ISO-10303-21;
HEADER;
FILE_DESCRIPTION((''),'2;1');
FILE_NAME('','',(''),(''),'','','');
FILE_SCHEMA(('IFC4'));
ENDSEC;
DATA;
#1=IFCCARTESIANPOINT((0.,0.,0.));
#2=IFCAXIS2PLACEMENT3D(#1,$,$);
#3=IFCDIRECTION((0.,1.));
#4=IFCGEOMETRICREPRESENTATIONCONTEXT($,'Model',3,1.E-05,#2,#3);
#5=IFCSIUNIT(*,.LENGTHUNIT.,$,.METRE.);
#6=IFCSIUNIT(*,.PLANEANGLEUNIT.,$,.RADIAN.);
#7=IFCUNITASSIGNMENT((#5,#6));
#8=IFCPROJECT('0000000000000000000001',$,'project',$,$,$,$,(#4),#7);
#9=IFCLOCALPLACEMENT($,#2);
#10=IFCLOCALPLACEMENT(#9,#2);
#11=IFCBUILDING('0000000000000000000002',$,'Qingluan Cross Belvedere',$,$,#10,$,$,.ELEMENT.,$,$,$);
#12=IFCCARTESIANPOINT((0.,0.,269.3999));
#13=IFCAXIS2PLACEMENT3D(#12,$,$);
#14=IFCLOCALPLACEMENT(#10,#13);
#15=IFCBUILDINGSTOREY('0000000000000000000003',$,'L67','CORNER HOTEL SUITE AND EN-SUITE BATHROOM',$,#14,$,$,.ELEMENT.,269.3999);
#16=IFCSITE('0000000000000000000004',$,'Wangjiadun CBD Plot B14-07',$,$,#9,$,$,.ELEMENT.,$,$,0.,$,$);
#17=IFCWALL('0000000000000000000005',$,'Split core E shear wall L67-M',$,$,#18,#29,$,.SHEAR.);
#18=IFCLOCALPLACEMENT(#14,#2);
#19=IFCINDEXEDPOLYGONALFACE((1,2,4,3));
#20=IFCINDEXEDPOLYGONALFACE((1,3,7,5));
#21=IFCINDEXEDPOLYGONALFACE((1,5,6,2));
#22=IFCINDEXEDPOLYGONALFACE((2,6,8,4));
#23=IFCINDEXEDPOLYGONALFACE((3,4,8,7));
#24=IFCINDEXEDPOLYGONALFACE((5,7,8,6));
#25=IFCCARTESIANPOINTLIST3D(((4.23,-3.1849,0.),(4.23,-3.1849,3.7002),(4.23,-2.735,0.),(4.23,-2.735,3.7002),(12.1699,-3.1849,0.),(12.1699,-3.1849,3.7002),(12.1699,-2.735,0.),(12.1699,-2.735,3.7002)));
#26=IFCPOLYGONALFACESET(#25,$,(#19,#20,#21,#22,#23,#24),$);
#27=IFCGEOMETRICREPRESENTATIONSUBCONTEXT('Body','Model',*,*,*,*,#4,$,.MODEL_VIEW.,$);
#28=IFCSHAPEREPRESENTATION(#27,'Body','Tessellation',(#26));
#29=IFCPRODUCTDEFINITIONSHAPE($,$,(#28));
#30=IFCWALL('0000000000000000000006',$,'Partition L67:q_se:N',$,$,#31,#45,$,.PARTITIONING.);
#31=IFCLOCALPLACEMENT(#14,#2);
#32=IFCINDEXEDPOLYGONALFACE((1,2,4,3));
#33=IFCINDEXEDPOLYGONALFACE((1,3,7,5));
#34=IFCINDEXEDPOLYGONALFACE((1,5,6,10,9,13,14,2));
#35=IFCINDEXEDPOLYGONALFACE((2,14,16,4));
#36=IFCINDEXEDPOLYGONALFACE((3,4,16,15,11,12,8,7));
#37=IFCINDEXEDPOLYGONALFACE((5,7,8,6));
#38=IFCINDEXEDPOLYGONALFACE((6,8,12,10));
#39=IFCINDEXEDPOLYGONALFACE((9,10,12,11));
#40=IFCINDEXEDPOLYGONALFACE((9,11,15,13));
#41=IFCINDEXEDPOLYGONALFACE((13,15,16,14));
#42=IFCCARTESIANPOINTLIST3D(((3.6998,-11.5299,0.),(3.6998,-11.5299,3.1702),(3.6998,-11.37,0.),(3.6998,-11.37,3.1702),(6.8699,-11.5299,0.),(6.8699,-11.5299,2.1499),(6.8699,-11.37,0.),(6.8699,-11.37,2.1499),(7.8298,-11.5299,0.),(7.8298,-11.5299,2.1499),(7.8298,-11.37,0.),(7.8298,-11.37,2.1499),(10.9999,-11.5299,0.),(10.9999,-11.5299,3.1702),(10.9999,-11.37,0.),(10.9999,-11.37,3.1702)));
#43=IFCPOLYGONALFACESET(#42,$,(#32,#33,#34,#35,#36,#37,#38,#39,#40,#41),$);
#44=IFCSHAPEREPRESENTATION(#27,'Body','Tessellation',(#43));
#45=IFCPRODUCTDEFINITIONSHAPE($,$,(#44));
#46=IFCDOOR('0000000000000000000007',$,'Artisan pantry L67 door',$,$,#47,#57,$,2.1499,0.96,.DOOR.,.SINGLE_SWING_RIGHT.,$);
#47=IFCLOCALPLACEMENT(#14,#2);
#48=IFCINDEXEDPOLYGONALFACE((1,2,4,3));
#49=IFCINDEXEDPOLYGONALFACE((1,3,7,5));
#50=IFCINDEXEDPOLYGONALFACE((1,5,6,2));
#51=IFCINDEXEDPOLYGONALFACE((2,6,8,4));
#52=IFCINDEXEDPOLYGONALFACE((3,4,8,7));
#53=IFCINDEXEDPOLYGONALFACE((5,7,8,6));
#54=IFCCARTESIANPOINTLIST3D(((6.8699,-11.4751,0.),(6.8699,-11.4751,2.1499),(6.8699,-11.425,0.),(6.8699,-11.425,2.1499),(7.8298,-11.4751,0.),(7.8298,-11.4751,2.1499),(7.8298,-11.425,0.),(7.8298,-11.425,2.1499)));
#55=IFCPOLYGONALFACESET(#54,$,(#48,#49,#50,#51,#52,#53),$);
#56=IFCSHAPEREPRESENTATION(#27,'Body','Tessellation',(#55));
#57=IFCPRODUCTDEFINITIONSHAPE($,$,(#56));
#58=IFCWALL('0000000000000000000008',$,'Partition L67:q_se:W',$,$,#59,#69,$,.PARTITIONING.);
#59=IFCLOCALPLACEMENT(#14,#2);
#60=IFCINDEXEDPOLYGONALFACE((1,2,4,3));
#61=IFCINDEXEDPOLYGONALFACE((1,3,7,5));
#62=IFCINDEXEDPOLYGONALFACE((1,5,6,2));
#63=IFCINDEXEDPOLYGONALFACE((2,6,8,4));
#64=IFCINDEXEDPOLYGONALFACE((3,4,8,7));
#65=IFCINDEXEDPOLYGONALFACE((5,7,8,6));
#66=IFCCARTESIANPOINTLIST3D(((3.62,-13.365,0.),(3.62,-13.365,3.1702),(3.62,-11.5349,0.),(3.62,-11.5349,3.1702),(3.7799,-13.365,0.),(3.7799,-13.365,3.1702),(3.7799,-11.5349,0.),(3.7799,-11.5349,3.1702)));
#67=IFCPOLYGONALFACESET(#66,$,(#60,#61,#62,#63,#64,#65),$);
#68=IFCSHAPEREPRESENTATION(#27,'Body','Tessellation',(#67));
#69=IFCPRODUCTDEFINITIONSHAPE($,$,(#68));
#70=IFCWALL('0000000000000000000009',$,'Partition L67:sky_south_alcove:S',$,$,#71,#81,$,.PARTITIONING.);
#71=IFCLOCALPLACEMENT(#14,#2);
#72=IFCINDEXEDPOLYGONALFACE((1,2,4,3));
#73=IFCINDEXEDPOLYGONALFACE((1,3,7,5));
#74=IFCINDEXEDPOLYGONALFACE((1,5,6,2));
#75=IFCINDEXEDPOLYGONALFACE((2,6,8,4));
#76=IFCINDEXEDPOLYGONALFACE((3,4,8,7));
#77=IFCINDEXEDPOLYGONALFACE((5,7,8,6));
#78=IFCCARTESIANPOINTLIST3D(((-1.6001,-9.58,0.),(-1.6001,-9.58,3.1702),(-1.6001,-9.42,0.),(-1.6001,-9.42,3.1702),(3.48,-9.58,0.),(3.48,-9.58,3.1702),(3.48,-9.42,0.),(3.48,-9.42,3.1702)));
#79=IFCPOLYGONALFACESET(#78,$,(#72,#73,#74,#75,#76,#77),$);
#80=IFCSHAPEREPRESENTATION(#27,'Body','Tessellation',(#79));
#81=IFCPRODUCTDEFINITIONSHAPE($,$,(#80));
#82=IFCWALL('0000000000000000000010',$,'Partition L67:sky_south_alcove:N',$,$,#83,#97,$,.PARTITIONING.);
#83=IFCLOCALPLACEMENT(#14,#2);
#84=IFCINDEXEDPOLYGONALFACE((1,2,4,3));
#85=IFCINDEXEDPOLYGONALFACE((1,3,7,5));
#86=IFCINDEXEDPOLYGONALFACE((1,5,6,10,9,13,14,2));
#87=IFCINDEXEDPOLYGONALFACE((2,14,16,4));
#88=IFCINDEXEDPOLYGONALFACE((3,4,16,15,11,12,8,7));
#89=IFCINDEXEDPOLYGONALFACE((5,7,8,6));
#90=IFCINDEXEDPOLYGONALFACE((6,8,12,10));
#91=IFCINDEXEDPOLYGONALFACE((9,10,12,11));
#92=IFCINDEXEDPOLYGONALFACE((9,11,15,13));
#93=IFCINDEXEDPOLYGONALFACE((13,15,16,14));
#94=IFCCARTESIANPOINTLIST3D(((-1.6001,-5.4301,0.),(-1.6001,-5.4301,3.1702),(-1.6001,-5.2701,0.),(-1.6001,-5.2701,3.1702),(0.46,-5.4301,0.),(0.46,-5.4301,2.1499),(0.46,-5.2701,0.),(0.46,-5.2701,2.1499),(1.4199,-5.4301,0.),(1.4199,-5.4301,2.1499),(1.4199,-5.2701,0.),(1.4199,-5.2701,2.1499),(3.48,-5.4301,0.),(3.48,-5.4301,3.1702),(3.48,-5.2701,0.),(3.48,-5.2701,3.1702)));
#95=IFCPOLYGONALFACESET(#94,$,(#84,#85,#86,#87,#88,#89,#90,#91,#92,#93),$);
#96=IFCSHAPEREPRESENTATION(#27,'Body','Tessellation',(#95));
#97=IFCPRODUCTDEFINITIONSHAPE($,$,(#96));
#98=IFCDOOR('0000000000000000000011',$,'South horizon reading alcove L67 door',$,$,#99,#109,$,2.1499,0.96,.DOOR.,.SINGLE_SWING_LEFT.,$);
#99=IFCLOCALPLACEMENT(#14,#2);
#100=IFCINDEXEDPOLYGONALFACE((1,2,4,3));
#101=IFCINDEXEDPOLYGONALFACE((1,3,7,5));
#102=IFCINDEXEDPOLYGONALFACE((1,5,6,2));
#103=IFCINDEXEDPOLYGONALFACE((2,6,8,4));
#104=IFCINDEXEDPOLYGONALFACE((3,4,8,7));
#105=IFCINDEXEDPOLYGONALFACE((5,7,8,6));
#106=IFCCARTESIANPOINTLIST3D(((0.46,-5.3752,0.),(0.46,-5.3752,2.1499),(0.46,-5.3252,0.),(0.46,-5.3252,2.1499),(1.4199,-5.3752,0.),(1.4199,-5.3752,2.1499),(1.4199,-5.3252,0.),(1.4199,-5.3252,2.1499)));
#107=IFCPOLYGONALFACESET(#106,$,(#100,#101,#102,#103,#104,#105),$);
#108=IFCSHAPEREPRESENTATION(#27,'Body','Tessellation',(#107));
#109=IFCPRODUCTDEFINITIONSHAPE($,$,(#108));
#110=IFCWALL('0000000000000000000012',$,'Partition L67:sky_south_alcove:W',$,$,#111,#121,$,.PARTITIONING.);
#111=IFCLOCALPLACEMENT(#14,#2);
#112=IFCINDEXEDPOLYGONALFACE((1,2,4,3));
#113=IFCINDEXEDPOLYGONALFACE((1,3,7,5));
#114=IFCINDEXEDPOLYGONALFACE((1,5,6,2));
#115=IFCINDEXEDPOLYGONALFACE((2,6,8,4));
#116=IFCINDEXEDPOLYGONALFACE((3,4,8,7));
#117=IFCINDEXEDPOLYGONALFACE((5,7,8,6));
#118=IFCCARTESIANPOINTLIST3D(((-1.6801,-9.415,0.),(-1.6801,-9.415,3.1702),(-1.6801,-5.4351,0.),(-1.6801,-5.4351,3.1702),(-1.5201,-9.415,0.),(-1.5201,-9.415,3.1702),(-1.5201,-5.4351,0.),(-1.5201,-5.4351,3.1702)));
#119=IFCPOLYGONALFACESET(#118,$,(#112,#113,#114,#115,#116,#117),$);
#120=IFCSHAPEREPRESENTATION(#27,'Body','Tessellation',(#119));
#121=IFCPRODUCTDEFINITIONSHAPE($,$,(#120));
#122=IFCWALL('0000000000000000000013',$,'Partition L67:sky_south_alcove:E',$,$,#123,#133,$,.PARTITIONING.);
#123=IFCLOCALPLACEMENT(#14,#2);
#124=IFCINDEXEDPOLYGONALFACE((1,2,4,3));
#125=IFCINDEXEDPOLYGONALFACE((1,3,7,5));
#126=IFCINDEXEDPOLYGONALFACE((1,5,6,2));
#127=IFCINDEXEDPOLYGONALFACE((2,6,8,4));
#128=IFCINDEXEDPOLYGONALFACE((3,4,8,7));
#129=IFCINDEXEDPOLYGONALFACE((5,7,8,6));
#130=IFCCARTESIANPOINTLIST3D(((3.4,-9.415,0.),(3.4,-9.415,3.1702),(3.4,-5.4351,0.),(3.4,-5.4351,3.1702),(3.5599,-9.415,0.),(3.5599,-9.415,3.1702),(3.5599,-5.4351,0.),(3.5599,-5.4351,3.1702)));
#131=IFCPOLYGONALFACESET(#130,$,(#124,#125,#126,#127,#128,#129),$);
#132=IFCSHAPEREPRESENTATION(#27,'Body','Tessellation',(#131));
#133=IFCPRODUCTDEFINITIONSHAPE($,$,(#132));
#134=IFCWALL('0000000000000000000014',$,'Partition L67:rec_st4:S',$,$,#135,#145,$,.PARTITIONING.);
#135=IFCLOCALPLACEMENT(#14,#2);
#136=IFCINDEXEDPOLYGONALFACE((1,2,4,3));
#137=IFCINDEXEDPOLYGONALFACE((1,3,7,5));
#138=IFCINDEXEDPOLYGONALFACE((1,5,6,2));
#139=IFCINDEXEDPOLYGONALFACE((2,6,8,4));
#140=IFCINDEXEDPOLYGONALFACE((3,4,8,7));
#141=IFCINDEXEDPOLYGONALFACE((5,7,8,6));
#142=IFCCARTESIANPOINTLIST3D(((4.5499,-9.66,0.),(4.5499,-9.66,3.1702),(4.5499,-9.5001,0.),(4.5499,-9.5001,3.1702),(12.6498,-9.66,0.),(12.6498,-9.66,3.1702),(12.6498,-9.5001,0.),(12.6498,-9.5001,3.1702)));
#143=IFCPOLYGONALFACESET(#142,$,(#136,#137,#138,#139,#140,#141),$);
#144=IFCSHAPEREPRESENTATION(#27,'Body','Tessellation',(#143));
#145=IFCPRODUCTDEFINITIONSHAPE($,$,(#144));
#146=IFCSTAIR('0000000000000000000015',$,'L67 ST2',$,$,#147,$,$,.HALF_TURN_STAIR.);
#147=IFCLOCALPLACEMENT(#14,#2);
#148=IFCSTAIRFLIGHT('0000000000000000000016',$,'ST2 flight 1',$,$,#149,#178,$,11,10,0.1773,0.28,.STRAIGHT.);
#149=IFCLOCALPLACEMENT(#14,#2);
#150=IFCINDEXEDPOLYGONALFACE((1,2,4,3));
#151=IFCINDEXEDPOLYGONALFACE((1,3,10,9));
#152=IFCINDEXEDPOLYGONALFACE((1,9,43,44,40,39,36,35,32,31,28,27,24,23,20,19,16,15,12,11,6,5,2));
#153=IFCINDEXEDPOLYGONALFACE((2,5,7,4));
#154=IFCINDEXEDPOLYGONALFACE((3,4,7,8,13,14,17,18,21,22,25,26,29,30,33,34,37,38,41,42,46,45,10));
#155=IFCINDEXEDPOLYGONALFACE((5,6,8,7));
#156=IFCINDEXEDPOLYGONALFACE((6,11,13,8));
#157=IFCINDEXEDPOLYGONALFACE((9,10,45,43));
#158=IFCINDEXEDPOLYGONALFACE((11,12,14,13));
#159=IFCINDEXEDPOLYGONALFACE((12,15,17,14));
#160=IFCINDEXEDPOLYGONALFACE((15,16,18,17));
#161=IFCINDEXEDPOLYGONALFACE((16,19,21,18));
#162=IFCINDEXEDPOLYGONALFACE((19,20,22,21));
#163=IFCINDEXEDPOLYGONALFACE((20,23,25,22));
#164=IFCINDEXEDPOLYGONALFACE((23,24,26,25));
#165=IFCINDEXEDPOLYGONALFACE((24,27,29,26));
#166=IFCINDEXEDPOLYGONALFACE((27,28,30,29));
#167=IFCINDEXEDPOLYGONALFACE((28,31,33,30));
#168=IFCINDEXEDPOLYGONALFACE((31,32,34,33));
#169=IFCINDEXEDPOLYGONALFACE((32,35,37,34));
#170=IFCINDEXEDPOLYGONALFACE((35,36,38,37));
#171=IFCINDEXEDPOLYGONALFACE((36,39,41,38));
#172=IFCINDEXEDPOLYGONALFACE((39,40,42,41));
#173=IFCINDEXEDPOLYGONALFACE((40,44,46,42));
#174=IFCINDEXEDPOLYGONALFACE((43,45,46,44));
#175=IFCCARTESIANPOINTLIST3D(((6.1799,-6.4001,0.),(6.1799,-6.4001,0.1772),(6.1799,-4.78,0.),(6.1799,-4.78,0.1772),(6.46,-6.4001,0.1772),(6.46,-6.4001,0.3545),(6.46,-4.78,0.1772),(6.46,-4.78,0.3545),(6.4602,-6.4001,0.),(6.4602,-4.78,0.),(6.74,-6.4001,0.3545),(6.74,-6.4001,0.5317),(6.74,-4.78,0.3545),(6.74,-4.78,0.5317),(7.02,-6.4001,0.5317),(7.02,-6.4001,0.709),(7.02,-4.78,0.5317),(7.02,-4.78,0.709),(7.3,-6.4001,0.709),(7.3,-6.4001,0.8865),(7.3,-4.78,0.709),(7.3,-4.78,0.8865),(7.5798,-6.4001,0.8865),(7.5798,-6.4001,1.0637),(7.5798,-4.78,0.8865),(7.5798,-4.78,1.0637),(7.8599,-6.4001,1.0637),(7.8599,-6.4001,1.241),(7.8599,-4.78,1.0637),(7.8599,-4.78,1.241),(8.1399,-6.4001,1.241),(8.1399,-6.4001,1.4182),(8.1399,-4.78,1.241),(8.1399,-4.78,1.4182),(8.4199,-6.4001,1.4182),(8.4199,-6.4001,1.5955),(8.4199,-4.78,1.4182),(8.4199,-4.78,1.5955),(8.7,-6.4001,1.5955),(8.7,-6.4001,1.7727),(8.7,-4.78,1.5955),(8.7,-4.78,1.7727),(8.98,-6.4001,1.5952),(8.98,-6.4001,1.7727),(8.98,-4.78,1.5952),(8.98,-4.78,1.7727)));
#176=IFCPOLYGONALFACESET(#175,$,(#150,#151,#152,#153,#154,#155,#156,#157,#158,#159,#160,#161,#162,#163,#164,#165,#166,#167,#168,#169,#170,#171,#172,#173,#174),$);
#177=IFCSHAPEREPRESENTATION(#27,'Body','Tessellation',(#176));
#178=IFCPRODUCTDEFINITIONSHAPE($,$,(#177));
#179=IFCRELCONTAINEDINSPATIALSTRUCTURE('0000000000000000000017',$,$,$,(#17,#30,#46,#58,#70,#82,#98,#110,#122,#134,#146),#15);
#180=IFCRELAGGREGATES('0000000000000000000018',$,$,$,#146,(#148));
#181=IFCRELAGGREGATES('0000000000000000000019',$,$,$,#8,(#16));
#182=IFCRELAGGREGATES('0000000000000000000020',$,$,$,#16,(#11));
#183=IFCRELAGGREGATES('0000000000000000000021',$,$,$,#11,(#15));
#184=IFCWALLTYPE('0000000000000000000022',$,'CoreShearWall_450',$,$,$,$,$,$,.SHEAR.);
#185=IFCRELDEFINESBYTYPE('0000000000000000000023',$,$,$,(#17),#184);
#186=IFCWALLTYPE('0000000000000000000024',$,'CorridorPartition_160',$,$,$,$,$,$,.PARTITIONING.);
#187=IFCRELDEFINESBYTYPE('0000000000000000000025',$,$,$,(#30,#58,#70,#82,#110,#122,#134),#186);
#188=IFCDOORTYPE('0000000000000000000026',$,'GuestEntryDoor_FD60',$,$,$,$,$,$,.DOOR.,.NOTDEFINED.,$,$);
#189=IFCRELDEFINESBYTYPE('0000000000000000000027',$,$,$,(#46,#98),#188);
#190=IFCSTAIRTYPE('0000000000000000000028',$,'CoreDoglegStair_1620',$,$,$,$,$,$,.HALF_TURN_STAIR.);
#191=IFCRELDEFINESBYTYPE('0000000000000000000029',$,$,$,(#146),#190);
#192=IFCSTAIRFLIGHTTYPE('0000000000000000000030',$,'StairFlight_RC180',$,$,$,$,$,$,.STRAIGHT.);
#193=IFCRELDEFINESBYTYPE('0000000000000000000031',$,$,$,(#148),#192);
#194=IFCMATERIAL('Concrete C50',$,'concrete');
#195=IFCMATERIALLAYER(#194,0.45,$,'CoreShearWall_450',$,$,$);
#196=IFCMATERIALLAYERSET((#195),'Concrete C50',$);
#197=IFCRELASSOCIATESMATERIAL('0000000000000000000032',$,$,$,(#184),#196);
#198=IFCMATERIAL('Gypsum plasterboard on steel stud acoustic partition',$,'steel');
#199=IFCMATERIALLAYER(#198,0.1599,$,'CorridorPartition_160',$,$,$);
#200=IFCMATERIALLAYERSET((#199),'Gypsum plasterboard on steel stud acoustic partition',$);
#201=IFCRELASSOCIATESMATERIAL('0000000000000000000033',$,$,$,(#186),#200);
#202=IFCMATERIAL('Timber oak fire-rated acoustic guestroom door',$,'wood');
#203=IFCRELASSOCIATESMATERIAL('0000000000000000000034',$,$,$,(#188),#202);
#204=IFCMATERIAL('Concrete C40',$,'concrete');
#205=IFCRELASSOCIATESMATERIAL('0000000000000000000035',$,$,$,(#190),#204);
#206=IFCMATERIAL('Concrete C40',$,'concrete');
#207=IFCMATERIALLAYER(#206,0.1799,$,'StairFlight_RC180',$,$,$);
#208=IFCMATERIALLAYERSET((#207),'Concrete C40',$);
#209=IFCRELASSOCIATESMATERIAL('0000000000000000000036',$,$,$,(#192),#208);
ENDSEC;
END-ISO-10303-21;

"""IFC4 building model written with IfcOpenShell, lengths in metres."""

from ifc_helpers import new_model, si_unit, direction, frame, frame_2d, origin, place, context, subcontext, project, spatial, polyline, rectangle, outline, extrude, material, layer, layer_set, type_object, element, fill, aggregate, save


model = new_model("IFC4")

# Units and contexts
model_context = context("Model", 3, precision=1e-05, world=origin(), true_north=direction((0.0, 1.0)))
body_context = subcontext(model_context, "Body", "Model", "MODEL_VIEW")
ifc_project = project(units=[si_unit("LENGTHUNIT", "METRE"), si_unit("PLANEANGLEUNIT", "RADIAN")], contexts=[model_context])

# Site, building, storey
site_placement = place(None, origin())
site = spatial("IfcSite", under=ifc_project, at=site_placement, Name="Wangjiadun CBD Plot B14-07", CompositionType="ELEMENT", RefElevation=0.0)
building_placement = place(site_placement, origin())
building = spatial("IfcBuilding", under=site, at=building_placement, Name="Qingluan Cross Belvedere", CompositionType="ELEMENT")
storey_placement = place(building_placement, frame((0.0, 0.0, 269.3999)))
storey = spatial("IfcBuildingStorey", under=building, at=storey_placement, Name="L67", Description="CORNER HOTEL SUITE AND EN-SUITE BATHROOM", CompositionType="ELEMENT", Elevation=269.3999)

# Shared definitions
ifc_material_1 = material(Name="Concrete C50", Category="concrete")
ifc_layer_1 = layer(ifc_material_1, 0.45, Name="CoreShearWall_450")
ifc_layer_set_1 = layer_set([ifc_layer_1], Name="Concrete C50")
wall_type_1 = type_object("IfcWallType", Name="CoreShearWall_450", PredefinedType="SHEAR", material=ifc_layer_set_1)

# Wall
wall_1_placement = place(storey_placement, frame((4.23, -2.96, 0.0), z_axis=(0.0, 0.0, 1.0), x_axis=(1.0, 0.0, 0.0)))
element("IfcWall", 1, at=wall_1_placement, inside=storey, type_object=wall_type_1, Name="Split core E shear wall L67-M", PredefinedType="SHEAR", context=body_context, shape_type="SweptSolid", body=[
    extrude(rectangle(XDim=7.9399, YDim=0.45, at=frame_2d((3.97, 0.0))), origin(), (0.0, 0.0, 1.0), 3.7002),
])

# Wall, opening, door
ifc_material_2 = material(Name="Gypsum plasterboard on steel stud acoustic partition", Category="steel")
ifc_layer_2 = layer(ifc_material_2, 0.1599, Name="CorridorPartition_160")
ifc_layer_set_2 = layer_set([ifc_layer_2], Name="Gypsum plasterboard on steel stud acoustic partition")
wall_type_2 = type_object("IfcWallType", Name="CorridorPartition_160", PredefinedType="PARTITIONING", material=ifc_layer_set_2)
wall_2_placement = place(storey_placement, frame((3.7, -11.45, 0.0), z_axis=(0.0, 0.0, 1.0), x_axis=(1.0, 0.0, 0.0)))
wall_2 = element("IfcWall", 2, at=wall_2_placement, inside=storey, type_object=wall_type_2, Name="Partition L67:q_se:N", PredefinedType="PARTITIONING", context=body_context, shape_type="SweptSolid", body=[
    extrude(rectangle(XDim=7.3, YDim=0.1599, at=frame_2d((3.6499, 0.0))), origin(), (0.0, 0.0, 1.0), 3.1702),
])
opening_1_placement = place(wall_2_placement, frame((3.1699, 0.0, 0.0)))
opening_1 = element("IfcOpeningElement", 3, at=opening_1_placement, cuts=wall_2, PredefinedType="OPENING", context=body_context, shape_type="SweptSolid", body=[
    extrude(rectangle(XDim=0.96, YDim=2.1499, at=frame_2d((0.48, 1.075))), frame((0.0, 0.0898, 0.0), z_axis=(0.0, -1.0, 0.0), x_axis=(1.0, 0.0, 0.0)), (0.0, 0.0, 1.0), 0.1799),
])
ifc_material_3 = material(Name="Timber oak fire-rated acoustic guestroom door", Category="wood")
door_type_1 = type_object("IfcDoorType", Name="GuestEntryDoor_FD60", OperationType="NOTDEFINED", PredefinedType="DOOR", material=ifc_material_3)
door_1_placement = place(opening_1_placement, origin())
door_1 = element("IfcDoor", 4, at=door_1_placement, inside=storey, type_object=door_type_1, Name="Artisan pantry L67 door", OperationType="SINGLE_SWING_RIGHT", OverallHeight=2.1499, OverallWidth=0.96, PredefinedType="DOOR", context=body_context, shape_type="SweptSolid", body=[
    extrude(rectangle(XDim=0.96, YDim=2.1499, at=frame_2d((0.48, 1.075))), frame((0.0, 0.0249, 0.0), z_axis=(0.0, -1.0, 0.0), x_axis=(1.0, 0.0, 0.0)), (0.0, 0.0, 1.0), 0.05),
])
fill(opening_1, door_1)

# Walls
wall_3_placement = place(storey_placement, frame((3.7, -13.365, 0.0), z_axis=(0.0, 0.0, 1.0), x_axis=(0.0, 1.0, 0.0)))
element("IfcWall", 5, at=wall_3_placement, inside=storey, type_object=wall_type_2, Name="Partition L67:q_se:W", PredefinedType="PARTITIONING", context=body_context, shape_type="SweptSolid", body=[
    extrude(rectangle(XDim=1.8301, YDim=0.1599, at=frame_2d((0.915, 0.0))), origin(), (0.0, 0.0, 1.0), 3.1702),
])
wall_4_placement = place(storey_placement, frame((-1.6001, -9.5, 0.0), z_axis=(0.0, 0.0, 1.0), x_axis=(1.0, 0.0, 0.0)))
element("IfcWall", 6, at=wall_4_placement, inside=storey, type_object=wall_type_2, Name="Partition L67:sky_south_alcove:S", PredefinedType="PARTITIONING", context=body_context, shape_type="SweptSolid", body=[
    extrude(rectangle(XDim=5.0801, YDim=0.1599, at=frame_2d((2.54, 0.0))), origin(), (0.0, 0.0, 1.0), 3.1702),
])

# Wall, opening, door
wall_5_placement = place(storey_placement, frame((-1.6001, -5.3501, 0.0), z_axis=(0.0, 0.0, 1.0), x_axis=(1.0, 0.0, 0.0)))
wall_5 = element("IfcWall", 7, at=wall_5_placement, inside=storey, type_object=wall_type_2, Name="Partition L67:sky_south_alcove:N", PredefinedType="PARTITIONING", context=body_context, shape_type="SweptSolid", body=[
    extrude(rectangle(XDim=5.0801, YDim=0.1599, at=frame_2d((2.54, 0.0))), origin(), (0.0, 0.0, 1.0), 3.1702),
])
opening_2_placement = place(wall_5_placement, frame((2.0601, 0.0, 0.0)))
opening_2 = element("IfcOpeningElement", 8, at=opening_2_placement, cuts=wall_5, PredefinedType="OPENING", context=body_context, shape_type="SweptSolid", body=[
    extrude(rectangle(XDim=0.96, YDim=2.1499, at=frame_2d((0.48, 1.075))), frame((0.0, 0.0898, 0.0), z_axis=(0.0, -1.0, 0.0), x_axis=(1.0, 0.0, 0.0)), (0.0, 0.0, 1.0), 0.1799),
])
door_2_placement = place(opening_2_placement, origin())
door_2 = element("IfcDoor", 9, at=door_2_placement, inside=storey, type_object=door_type_1, Name="South horizon reading alcove L67 door", OperationType="SINGLE_SWING_LEFT", OverallHeight=2.1499, OverallWidth=0.96, PredefinedType="DOOR", context=body_context, shape_type="SweptSolid", body=[
    extrude(rectangle(XDim=0.96, YDim=2.1499, at=frame_2d((0.48, 1.075))), frame((0.0, 0.0249, 0.0), z_axis=(0.0, -1.0, 0.0), x_axis=(1.0, 0.0, 0.0)), (0.0, 0.0, 1.0), 0.05),
])
fill(opening_2, door_2)

# Walls
for number, where, z_axis, x_axis, name in (
    (10, (-1.6001, -9.415, 0.0), (0.0, 0.0, 1.0), (0.0, 1.0, 0.0), "Partition L67:sky_south_alcove:W"),
    (11, (3.48, -9.415, 0.0), (0.0, 0.0, 1.0), (0.0, 1.0, 0.0), "Partition L67:sky_south_alcove:E"),
):
    element("IfcWall", number, at=place(storey_placement, frame(where, z_axis=z_axis, x_axis=x_axis)), inside=storey, type_object=wall_type_2, Name=name, PredefinedType="PARTITIONING", context=body_context, shape_type="SweptSolid", body=[
        extrude(rectangle(XDim=3.98, YDim=0.1599, at=frame_2d((1.99, 0.0))), origin(), (0.0, 0.0, 1.0), 3.1702),
    ])
wall_6_placement = place(storey_placement, frame((4.55, -9.5801, 0.0), z_axis=(0.0, 0.0, 1.0), x_axis=(1.0, 0.0, 0.0)))
element("IfcWall", 12, at=wall_6_placement, inside=storey, type_object=wall_type_2, Name="Partition L67:rec_st4:S", PredefinedType="PARTITIONING", context=body_context, shape_type="SweptSolid", body=[
    extrude(rectangle(XDim=8.0999, YDim=0.1599, at=frame_2d((4.0498, 0.0))), origin(), (0.0, 0.0, 1.0), 3.1702),
])

# Stair, stair flight
ifc_material_4 = material(Name="Concrete C40", Category="concrete")
stair_type = type_object("IfcStairType", Name="CoreDoglegStair_1620", PredefinedType="HALF_TURN_STAIR", material=ifc_material_4)
stair_placement = place(storey_placement, origin())
stair = element("IfcStair", 13, at=stair_placement, inside=storey, type_object=stair_type, Name="L67 ST2", PredefinedType="HALF_TURN_STAIR")
ifc_material_5 = material(Name="Concrete C40", Category="concrete")
ifc_layer_3 = layer(ifc_material_5, 0.1799, Name="StairFlight_RC180")
ifc_layer_set_3 = layer_set([ifc_layer_3], Name="Concrete C40")
stair_flight_type = type_object("IfcStairFlightType", Name="StairFlight_RC180", PredefinedType="STRAIGHT", material=ifc_layer_set_3)
stair_flight_placement = place(storey_placement, frame((6.1799, -5.5901, 0.0), z_axis=(0.0, 0.0, 1.0), x_axis=(1.0, 0.0, 0.0)))
stair_flight = element("IfcStairFlight", 14, at=stair_flight_placement, type_object=stair_flight_type, Name="ST2 flight 1", NumberOfRisers=11, NumberOfTreads=10, PredefinedType="STRAIGHT", RiserHeight=0.1773, TreadLength=0.28, context=body_context, shape_type="SweptSolid", body=[
    extrude(outline(polyline([(0.0, 0.0), (0.0, 0.1772), (0.28, 0.1772), (0.28, 0.3545), (0.5601, 0.3545), (0.5601, 0.5317), (0.8401, 0.5317), (0.8401, 0.709), (1.1201, 0.709), (1.1201, 0.8865), (1.3999, 0.8865), (1.3999, 1.0637), (1.6799, 1.0637), (1.6799, 1.241), (1.96, 1.241), (1.96, 1.4182), (2.24, 1.4182), (2.24, 1.5955), (2.52, 1.5955), (2.52, 1.7727), (2.8, 1.7727), (2.8, 1.95), (2.8, 1.5952), (0.2803, 0.0), (0.0, 0.0)])), frame((0.0, 0.8101, 0.0), z_axis=(0.0, -1.0, 0.0), x_axis=(1.0, 0.0, 0.0)), (0.0, 0.0, 1.0), 1.6201),
])
aggregate(stair, [stair_flight])

save(model, "model.ifc")
